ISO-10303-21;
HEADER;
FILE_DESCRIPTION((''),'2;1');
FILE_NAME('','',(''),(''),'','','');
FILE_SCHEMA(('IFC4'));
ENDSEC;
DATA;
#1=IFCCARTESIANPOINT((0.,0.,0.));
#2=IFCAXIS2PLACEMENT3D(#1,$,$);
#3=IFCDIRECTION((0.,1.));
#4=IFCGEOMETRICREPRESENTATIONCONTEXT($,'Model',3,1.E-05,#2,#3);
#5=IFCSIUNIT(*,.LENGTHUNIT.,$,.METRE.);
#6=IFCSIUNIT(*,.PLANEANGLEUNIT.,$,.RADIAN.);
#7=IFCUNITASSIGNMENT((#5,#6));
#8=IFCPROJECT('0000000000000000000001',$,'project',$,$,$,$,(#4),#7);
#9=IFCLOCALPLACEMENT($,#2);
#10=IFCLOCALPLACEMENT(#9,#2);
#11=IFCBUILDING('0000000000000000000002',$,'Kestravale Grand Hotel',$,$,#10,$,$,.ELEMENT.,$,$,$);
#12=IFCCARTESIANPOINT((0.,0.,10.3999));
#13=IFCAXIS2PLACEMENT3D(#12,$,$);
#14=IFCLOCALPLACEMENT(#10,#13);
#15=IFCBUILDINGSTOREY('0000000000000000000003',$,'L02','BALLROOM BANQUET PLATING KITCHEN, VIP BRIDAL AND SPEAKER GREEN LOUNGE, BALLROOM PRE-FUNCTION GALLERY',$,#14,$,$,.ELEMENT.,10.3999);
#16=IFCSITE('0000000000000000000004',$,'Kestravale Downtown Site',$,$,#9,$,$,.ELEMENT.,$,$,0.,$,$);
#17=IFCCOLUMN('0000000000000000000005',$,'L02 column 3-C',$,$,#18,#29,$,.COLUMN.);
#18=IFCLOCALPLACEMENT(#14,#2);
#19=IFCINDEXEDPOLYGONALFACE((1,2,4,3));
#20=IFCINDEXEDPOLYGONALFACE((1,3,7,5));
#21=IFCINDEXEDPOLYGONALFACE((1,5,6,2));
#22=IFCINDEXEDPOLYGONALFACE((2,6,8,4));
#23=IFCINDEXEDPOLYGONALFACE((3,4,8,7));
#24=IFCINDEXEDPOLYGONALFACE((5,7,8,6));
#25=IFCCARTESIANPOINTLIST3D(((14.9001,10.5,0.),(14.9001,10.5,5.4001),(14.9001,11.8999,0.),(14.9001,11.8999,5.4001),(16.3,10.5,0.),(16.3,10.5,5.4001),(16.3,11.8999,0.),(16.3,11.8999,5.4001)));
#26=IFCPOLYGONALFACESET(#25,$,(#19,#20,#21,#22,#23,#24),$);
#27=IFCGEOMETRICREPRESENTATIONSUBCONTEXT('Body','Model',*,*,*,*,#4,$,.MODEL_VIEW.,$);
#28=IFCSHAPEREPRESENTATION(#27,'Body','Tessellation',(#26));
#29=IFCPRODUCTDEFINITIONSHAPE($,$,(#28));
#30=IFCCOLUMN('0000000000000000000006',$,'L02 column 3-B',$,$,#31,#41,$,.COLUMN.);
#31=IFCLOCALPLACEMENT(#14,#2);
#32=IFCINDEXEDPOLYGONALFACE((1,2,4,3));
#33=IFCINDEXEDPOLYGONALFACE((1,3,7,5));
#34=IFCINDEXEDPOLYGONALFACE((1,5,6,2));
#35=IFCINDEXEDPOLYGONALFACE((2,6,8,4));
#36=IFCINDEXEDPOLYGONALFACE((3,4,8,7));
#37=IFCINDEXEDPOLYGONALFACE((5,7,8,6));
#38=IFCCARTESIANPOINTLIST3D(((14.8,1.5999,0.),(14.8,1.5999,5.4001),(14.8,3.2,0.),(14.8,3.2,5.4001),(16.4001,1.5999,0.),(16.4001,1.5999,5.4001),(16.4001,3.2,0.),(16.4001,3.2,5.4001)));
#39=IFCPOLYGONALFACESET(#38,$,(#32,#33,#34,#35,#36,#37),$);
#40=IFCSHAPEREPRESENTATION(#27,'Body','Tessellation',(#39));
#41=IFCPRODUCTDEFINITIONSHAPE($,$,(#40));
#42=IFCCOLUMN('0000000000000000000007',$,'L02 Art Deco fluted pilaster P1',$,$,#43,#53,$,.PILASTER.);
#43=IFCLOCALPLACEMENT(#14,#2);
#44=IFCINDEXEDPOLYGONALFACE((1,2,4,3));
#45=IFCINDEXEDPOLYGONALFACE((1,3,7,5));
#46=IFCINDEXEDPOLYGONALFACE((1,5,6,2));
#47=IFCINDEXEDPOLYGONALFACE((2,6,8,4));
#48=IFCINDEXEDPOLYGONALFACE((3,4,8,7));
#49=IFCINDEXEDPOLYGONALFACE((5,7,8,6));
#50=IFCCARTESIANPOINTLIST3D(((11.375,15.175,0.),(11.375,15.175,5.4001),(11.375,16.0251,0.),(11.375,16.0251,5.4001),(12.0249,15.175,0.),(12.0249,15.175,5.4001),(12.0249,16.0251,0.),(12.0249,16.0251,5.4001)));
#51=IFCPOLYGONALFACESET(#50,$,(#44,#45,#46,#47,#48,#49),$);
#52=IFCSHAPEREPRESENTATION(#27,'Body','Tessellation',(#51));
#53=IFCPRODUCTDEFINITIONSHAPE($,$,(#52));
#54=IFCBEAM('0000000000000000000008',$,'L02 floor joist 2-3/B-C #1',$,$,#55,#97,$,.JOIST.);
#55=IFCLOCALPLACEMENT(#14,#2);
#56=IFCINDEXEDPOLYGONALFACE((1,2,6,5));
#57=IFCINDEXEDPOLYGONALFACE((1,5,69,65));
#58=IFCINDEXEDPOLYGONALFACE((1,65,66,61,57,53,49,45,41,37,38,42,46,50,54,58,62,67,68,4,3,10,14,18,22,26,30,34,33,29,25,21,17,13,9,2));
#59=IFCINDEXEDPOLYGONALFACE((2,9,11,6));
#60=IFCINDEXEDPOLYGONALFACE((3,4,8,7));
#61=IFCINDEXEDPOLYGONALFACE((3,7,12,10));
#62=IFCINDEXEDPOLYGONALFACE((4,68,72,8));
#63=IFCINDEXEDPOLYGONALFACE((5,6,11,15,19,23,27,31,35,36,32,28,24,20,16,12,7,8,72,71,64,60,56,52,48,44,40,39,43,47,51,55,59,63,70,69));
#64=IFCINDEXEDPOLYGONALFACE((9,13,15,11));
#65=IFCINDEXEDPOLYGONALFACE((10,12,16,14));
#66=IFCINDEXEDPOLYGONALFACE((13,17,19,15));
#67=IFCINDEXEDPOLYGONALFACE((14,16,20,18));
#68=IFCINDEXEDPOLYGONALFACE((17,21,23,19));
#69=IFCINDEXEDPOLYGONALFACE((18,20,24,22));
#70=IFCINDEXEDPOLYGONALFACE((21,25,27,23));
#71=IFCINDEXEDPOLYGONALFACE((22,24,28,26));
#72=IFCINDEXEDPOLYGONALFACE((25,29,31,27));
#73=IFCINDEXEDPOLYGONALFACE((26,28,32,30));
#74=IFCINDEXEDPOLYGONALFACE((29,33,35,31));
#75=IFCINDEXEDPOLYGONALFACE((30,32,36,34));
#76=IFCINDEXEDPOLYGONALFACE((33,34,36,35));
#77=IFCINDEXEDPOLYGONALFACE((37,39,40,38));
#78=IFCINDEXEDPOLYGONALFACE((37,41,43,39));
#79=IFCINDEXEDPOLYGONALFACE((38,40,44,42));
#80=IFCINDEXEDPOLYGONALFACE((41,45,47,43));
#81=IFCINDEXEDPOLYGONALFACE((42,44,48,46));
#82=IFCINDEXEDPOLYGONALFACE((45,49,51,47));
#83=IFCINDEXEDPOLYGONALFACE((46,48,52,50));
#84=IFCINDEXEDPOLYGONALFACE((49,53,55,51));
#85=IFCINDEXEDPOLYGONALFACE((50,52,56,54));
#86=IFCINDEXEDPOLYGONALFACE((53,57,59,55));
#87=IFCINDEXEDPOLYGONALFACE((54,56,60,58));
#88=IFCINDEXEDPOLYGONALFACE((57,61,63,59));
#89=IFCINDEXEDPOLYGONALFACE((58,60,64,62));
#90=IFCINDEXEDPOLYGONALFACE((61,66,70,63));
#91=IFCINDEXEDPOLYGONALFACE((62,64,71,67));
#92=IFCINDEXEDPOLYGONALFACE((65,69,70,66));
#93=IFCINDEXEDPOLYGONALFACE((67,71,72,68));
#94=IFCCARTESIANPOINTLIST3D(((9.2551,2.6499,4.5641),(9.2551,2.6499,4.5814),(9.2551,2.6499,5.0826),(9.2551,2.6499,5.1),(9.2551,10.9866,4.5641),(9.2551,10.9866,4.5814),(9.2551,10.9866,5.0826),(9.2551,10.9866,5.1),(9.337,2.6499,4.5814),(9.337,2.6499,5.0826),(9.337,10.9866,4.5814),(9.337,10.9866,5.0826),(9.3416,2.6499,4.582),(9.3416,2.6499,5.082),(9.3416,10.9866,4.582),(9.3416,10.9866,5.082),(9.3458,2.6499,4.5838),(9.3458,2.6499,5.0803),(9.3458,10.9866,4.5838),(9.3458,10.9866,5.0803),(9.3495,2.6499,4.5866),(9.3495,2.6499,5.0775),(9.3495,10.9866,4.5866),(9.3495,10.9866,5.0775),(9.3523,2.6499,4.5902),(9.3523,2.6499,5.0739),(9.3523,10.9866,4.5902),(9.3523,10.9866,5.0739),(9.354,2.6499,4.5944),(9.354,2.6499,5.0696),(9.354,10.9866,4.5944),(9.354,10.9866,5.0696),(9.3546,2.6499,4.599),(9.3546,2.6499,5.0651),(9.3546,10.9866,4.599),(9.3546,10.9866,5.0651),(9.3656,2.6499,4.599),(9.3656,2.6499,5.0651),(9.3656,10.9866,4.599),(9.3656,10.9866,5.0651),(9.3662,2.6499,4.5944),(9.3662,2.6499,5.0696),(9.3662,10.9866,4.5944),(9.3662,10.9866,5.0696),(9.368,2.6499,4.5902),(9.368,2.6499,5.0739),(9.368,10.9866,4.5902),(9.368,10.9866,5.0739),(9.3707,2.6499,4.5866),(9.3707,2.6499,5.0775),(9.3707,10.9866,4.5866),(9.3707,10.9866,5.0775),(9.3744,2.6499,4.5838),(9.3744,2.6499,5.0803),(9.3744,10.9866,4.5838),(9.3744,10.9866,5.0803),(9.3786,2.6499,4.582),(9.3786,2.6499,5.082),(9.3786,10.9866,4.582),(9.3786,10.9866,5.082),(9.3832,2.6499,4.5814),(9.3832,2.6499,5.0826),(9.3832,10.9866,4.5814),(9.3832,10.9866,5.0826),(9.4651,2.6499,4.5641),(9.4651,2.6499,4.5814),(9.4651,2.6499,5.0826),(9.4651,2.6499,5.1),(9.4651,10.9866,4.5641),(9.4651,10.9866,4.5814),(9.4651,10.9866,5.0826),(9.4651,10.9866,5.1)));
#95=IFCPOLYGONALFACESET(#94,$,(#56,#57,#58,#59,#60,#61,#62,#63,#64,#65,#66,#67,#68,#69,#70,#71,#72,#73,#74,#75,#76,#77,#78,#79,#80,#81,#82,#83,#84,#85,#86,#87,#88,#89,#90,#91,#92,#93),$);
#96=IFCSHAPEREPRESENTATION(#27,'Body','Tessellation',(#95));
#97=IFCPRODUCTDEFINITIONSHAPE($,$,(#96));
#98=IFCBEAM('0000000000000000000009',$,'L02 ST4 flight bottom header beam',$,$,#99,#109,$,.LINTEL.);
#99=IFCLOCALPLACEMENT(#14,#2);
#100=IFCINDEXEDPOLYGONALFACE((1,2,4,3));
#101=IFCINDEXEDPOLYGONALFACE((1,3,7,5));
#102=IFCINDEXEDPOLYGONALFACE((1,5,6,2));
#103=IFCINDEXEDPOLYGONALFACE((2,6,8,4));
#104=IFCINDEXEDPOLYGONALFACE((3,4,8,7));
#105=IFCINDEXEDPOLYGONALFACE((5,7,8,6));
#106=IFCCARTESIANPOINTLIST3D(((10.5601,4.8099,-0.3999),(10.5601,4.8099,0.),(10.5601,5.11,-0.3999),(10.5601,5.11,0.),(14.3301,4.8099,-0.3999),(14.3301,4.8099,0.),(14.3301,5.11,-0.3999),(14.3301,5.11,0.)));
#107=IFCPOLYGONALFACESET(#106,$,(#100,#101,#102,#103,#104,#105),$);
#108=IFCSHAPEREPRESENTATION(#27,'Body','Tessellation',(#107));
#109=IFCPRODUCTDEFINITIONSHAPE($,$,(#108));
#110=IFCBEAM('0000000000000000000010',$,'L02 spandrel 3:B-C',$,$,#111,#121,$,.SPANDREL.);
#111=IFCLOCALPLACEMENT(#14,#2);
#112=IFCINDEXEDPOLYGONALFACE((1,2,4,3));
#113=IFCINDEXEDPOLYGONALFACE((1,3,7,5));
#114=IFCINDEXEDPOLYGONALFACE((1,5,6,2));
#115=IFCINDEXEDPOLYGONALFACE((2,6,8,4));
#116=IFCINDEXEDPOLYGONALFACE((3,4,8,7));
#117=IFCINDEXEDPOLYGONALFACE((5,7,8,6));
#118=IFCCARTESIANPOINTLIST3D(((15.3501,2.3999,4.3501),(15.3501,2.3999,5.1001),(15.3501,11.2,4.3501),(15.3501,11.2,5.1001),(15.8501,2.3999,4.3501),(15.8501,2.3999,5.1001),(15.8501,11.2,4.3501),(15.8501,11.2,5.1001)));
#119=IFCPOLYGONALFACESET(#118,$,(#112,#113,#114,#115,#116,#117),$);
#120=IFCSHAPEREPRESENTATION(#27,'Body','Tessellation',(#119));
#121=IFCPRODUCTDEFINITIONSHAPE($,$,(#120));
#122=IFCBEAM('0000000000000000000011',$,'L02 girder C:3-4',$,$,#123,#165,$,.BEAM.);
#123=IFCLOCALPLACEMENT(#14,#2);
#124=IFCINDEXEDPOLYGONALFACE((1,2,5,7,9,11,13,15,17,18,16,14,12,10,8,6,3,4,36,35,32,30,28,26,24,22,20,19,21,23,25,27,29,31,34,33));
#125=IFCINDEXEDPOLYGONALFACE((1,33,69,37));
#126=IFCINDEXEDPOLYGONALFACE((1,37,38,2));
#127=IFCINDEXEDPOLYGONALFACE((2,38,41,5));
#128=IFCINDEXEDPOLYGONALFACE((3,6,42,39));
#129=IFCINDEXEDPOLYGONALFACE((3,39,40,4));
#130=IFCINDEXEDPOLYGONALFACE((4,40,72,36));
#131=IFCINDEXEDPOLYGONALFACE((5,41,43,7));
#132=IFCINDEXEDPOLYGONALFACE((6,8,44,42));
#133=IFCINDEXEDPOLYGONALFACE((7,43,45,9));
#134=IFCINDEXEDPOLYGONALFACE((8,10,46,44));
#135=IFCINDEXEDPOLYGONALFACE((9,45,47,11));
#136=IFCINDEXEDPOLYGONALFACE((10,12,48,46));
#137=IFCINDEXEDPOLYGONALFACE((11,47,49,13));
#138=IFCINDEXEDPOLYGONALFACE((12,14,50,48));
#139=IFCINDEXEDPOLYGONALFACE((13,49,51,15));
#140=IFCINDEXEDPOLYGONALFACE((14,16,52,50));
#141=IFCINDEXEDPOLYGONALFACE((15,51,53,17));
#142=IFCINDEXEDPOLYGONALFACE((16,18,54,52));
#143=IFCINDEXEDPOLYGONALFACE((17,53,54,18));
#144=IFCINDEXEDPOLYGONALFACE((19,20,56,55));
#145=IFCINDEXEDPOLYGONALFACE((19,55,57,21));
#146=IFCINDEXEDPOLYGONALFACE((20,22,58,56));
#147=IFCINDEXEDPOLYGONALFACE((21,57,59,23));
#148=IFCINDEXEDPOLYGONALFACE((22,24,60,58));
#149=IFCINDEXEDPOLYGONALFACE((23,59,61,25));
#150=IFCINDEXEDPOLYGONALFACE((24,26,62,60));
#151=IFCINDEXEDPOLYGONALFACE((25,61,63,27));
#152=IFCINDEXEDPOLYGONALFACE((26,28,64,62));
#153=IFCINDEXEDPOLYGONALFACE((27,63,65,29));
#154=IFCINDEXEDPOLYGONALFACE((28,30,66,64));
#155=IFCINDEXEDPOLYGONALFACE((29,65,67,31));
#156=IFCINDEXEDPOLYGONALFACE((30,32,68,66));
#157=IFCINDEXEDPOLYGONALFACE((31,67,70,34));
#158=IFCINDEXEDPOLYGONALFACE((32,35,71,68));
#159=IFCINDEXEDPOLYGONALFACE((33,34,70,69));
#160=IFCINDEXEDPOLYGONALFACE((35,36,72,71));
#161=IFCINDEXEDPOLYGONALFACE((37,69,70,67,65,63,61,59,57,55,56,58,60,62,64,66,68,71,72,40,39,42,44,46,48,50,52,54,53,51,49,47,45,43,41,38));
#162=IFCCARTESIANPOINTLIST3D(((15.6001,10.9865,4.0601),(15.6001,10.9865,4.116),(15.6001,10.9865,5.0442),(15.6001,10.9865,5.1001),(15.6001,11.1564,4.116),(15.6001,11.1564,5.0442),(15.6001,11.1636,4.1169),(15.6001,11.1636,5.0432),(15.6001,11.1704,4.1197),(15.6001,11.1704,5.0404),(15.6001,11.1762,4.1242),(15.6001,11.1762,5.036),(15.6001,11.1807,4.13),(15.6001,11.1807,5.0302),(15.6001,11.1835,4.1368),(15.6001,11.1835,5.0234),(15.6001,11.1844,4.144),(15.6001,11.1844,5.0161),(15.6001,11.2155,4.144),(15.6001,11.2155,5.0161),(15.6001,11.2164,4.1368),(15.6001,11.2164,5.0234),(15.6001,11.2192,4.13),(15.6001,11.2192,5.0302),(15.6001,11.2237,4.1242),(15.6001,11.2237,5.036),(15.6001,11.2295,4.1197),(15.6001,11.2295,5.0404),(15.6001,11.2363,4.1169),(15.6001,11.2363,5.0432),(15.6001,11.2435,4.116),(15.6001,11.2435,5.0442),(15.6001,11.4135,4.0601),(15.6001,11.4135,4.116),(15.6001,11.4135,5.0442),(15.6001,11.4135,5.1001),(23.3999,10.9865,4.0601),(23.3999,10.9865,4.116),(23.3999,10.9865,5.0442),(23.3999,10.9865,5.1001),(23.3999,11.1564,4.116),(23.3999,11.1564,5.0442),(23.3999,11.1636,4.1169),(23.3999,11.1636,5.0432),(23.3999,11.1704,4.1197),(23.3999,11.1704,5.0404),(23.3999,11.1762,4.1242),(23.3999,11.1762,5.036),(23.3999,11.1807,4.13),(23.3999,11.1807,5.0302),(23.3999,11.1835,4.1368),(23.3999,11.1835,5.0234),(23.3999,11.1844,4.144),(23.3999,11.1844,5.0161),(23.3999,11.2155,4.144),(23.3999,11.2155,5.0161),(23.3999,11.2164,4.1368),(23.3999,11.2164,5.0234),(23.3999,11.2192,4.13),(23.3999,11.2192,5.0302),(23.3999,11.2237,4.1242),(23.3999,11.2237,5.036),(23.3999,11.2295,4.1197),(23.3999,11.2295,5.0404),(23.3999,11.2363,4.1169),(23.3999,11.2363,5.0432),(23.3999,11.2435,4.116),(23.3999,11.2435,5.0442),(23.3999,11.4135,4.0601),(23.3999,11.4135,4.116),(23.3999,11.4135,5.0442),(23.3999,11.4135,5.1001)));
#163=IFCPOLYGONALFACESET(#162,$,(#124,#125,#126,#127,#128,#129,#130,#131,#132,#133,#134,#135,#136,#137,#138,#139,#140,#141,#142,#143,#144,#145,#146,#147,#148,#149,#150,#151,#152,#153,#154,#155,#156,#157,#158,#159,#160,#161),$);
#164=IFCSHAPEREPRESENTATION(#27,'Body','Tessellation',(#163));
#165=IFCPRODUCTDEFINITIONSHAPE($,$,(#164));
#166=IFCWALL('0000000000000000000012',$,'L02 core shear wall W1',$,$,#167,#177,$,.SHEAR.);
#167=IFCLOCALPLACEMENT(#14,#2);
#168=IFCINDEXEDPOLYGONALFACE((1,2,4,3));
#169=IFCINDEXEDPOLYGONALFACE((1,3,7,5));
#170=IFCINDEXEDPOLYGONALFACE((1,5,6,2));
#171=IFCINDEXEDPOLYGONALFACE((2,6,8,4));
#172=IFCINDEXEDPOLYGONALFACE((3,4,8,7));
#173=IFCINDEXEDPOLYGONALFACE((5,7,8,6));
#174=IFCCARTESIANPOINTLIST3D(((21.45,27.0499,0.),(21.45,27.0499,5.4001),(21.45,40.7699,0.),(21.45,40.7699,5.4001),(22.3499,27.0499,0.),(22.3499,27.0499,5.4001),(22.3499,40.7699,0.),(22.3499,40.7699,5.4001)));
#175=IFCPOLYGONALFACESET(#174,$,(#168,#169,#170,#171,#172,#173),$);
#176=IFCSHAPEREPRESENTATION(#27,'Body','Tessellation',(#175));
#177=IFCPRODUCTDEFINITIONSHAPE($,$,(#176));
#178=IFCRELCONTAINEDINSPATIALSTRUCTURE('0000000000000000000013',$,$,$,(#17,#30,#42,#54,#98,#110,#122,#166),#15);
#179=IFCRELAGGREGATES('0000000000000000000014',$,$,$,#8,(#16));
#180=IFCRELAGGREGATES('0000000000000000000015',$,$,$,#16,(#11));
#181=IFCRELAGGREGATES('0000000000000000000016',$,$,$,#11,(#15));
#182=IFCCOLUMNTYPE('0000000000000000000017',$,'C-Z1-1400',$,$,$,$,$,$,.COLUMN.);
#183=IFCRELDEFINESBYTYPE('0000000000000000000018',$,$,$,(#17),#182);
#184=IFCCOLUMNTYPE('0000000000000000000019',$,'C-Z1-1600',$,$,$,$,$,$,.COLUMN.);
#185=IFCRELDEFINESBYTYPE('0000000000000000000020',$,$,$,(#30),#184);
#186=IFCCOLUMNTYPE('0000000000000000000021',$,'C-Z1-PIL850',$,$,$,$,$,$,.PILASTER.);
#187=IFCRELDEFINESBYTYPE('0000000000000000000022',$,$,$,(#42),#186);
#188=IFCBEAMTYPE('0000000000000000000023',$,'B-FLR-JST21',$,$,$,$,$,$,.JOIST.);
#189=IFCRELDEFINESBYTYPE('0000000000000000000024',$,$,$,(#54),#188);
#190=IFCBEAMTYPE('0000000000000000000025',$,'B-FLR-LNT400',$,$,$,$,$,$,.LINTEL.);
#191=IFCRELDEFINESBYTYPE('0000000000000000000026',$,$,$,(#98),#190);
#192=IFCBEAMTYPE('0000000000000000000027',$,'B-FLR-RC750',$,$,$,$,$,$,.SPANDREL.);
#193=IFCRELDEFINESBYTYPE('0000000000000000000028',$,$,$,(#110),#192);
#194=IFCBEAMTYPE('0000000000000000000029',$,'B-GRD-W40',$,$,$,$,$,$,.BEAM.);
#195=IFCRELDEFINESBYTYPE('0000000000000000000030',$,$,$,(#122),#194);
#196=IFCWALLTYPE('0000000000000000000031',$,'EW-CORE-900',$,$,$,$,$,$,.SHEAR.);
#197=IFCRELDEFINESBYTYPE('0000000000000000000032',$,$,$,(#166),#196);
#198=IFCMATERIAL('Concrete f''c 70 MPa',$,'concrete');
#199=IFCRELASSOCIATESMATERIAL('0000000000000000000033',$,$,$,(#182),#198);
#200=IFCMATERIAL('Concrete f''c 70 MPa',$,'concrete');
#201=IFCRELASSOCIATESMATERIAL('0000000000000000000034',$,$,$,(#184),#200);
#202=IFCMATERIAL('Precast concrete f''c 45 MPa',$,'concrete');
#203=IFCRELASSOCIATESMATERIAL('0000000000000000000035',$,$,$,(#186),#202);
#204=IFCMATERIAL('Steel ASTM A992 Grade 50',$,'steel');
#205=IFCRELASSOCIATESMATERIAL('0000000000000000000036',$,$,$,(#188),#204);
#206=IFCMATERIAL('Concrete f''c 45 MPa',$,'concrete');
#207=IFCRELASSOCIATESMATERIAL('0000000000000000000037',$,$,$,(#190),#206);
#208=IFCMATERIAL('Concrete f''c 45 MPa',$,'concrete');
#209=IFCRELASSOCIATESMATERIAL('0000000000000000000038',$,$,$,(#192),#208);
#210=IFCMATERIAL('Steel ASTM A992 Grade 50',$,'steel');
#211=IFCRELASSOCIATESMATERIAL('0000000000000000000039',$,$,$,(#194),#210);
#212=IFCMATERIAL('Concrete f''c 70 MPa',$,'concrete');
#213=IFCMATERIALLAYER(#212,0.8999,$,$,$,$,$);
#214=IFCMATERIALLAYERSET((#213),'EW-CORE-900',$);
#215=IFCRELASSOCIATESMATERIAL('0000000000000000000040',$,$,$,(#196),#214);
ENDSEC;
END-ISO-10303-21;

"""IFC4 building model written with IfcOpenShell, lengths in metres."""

from ifc_helpers import new_model, si_unit, direction, frame, frame_2d, origin, origin_2d, place, context, subcontext, project, spatial, rectangle, i_section, extrude, material, layer, layer_set, material_profile, profile_set, type_object, element, save


model = new_model("IFC4")

# Units and contexts
model_context = context("Model", 3, precision=1e-05, world=origin(), true_north=direction((0.0, 1.0)))
body_context = subcontext(model_context, "Body", "Model", "MODEL_VIEW")
ifc_project = project(units=[si_unit("LENGTHUNIT", "METRE"), si_unit("PLANEANGLEUNIT", "RADIAN")], contexts=[model_context])

# Site, building, storey
site_placement = place(None, origin())
site = spatial("IfcSite", under=ifc_project, at=site_placement, Name="Kestravale Downtown Site", CompositionType="ELEMENT", RefElevation=0.0)
building_placement = place(site_placement, origin())
building = spatial("IfcBuilding", under=site, at=building_placement, Name="Kestravale Grand Hotel", CompositionType="ELEMENT")
storey_placement = place(building_placement, frame((0.0, 0.0, 10.3999)))
storey = spatial("IfcBuildingStorey", under=building, at=storey_placement, Name="L02", Description="BALLROOM BANQUET PLATING KITCHEN, VIP BRIDAL AND SPEAKER GREEN LOUNGE, BALLROOM PRE-FUNCTION GALLERY", CompositionType="ELEMENT", Elevation=10.3999)

# Columns
ifc_material_1 = material(Name="Concrete f'c 70 MPa", Category="concrete")
ifc_material_profile_1 = material_profile(ifc_material_1, rectangle(XDim=1.3999, YDim=1.3999, at=origin_2d()))
ifc_profile_set_1 = profile_set([ifc_material_profile_1], Name="Concrete f'c 70 MPa")
column_type_1 = type_object("IfcColumnType", Name="C-Z1-1400", PredefinedType="COLUMN", material=ifc_profile_set_1)
column_1_placement = place(storey_placement, frame((15.6001, 11.2, 0.0), z_axis=(0.0, 0.0, 1.0), x_axis=(1.0, 0.0, 0.0)))
element("IfcColumn", 1, at=column_1_placement, inside=storey, type_object=column_type_1, Name="L02 column 3-C", PredefinedType="COLUMN", context=body_context, shape_type="SweptSolid", body=[
    extrude(rectangle(XDim=1.3999, YDim=1.3999, at=origin_2d()), origin(), (0.0, 0.0, 1.0), 5.4001),
])
ifc_material_2 = material(Name="Concrete f'c 70 MPa", Category="concrete")
ifc_material_profile_2 = material_profile(ifc_material_2, rectangle(XDim=1.6001, YDim=1.6001, at=origin_2d()))
ifc_profile_set_2 = profile_set([ifc_material_profile_2], Name="Concrete f'c 70 MPa")
column_type_2 = type_object("IfcColumnType", Name="C-Z1-1600", PredefinedType="COLUMN", material=ifc_profile_set_2)
column_2_placement = place(storey_placement, frame((15.6001, 2.3999, 0.0), z_axis=(0.0, 0.0, 1.0), x_axis=(1.0, 0.0, 0.0)))
element("IfcColumn", 2, at=column_2_placement, inside=storey, type_object=column_type_2, Name="L02 column 3-B", PredefinedType="COLUMN", context=body_context, shape_type="SweptSolid", body=[
    extrude(rectangle(XDim=1.6001, YDim=1.6001, at=origin_2d()), origin(), (0.0, 0.0, 1.0), 5.4001),
])
ifc_material_3 = material(Name="Precast concrete f'c 45 MPa", Category="concrete")
ifc_material_profile_3 = material_profile(ifc_material_3, rectangle(XDim=0.6499, YDim=0.8501, at=origin_2d()))
ifc_profile_set_3 = profile_set([ifc_material_profile_3], Name="Precast concrete f'c 45 MPa")
column_type_3 = type_object("IfcColumnType", Name="C-Z1-PIL850", PredefinedType="PILASTER", material=ifc_profile_set_3)
column_3_placement = place(storey_placement, frame((11.7, 15.6001, 0.0), z_axis=(0.0, 0.0, 1.0), x_axis=(1.0, 0.0, 0.0)))
element("IfcColumn", 3, at=column_3_placement, inside=storey, type_object=column_type_3, Name="L02 Art Deco fluted pilaster P1", PredefinedType="PILASTER", context=body_context, shape_type="SweptSolid", body=[
    extrude(rectangle(XDim=0.6499, YDim=0.8501, at=origin_2d()), origin(), (0.0, 0.0, 1.0), 5.4001),
])

# Beams
ifc_material_4 = material(Name="Steel ASTM A992 Grade 50", Category="steel")
ifc_material_profile_4 = material_profile(ifc_material_4, i_section(OverallWidth=0.21, OverallDepth=0.5359, WebThickness=0.011, FlangeThickness=0.0173, FilletRadius=0.0176, at=origin_2d()))
ifc_profile_set_4 = profile_set([ifc_material_profile_4], Name="Steel ASTM A992 Grade 50")
beam_type_1 = type_object("IfcBeamType", Name="B-FLR-JST21", PredefinedType="JOIST", material=ifc_profile_set_4)
beam_1_placement = place(storey_placement, frame((9.3601, 2.6499, 4.832), z_axis=(0.0, 1.0, 0.0), x_axis=(-1.0, 0.0, 0.0)))
element("IfcBeam", 4, at=beam_1_placement, inside=storey, type_object=beam_type_1, Name="L02 floor joist 2-3/B-C #1", PredefinedType="JOIST", context=body_context, shape_type="SweptSolid", body=[
    extrude(i_section(OverallWidth=0.21, OverallDepth=0.5359, WebThickness=0.011, FlangeThickness=0.0173, FilletRadius=0.0176, at=origin_2d()), origin(), (0.0, 0.0, 1.0), 8.3367),
])
ifc_material_5 = material(Name="Concrete f'c 45 MPa", Category="concrete")
ifc_material_profile_5 = material_profile(ifc_material_5, rectangle(XDim=0.3, YDim=0.3999, at=origin_2d()))
ifc_profile_set_5 = profile_set([ifc_material_profile_5], Name="Concrete f'c 45 MPa")
beam_type_2 = type_object("IfcBeamType", Name="B-FLR-LNT400", PredefinedType="LINTEL", material=ifc_profile_set_5)
beam_2_placement = place(storey_placement, frame((10.5601, 4.96, -0.2), z_axis=(1.0, 0.0, 0.0), x_axis=(0.0, 1.0, 0.0)))
element("IfcBeam", 5, at=beam_2_placement, inside=storey, type_object=beam_type_2, Name="L02 ST4 flight bottom header beam", PredefinedType="LINTEL", context=body_context, shape_type="SweptSolid", body=[
    extrude(rectangle(XDim=0.3, YDim=0.3999, at=origin_2d()), origin(), (0.0, 0.0, 1.0), 3.77),
])
ifc_material_6 = material(Name="Concrete f'c 45 MPa", Category="concrete")
ifc_material_profile_6 = material_profile(ifc_material_6, rectangle(XDim=0.5, YDim=0.75, at=origin_2d()))
ifc_profile_set_6 = profile_set([ifc_material_profile_6], Name="Concrete f'c 45 MPa")
beam_type_3 = type_object("IfcBeamType", Name="B-FLR-RC750", PredefinedType="SPANDREL", material=ifc_profile_set_6)
beam_3_placement = place(storey_placement, frame((15.6001, 2.3999, 4.7251), z_axis=(0.0, 1.0, 0.0), x_axis=(-1.0, 0.0, 0.0)))
element("IfcBeam", 6, at=beam_3_placement, inside=storey, type_object=beam_type_3, Name="L02 spandrel 3:B-C", PredefinedType="SPANDREL", context=body_context, shape_type="SweptSolid", body=[
    extrude(rectangle(XDim=0.5, YDim=0.75, at=origin_2d()), origin(), (0.0, 0.0, 1.0), 8.8),
])
ifc_material_7 = material(Name="Steel ASTM A992 Grade 50", Category="steel")
ifc_material_profile_7 = material_profile(ifc_material_7, i_section(OverallWidth=0.427, OverallDepth=1.04, WebThickness=0.031, FlangeThickness=0.0559, FilletRadius=0.0281, at=origin_2d()))
ifc_profile_set_7 = profile_set([ifc_material_profile_7], Name="Steel ASTM A992 Grade 50")
beam_type_4 = type_object("IfcBeamType", Name="B-GRD-W40", PredefinedType="BEAM", material=ifc_profile_set_7)
beam_4_placement = place(storey_placement, frame((15.6001, 11.2, 4.5801), z_axis=(1.0, 0.0, 0.0), x_axis=(0.0, 1.0, 0.0)))
element("IfcBeam", 7, at=beam_4_placement, inside=storey, type_object=beam_type_4, Name="L02 girder C:3-4", PredefinedType="BEAM", context=body_context, shape_type="SweptSolid", body=[
    extrude(i_section(OverallWidth=0.427, OverallDepth=1.04, WebThickness=0.031, FlangeThickness=0.0559, FilletRadius=0.0281, at=origin_2d()), origin(), (0.0, 0.0, 1.0), 7.7998),
])

# Wall
ifc_material_8 = material(Name="Concrete f'c 70 MPa", Category="concrete")
ifc_layer_1 = layer(ifc_material_8, 0.8999)
ifc_layer_set_1 = layer_set([ifc_layer_1], Name="EW-CORE-900")
wall_type_1 = type_object("IfcWallType", Name="EW-CORE-900", PredefinedType="SHEAR", material=ifc_layer_set_1)
wall_1_placement = place(storey_placement, frame((21.8999, 27.05, 0.0), z_axis=(0.0, 0.0, 1.0), x_axis=(0.0, 1.0, 0.0)))
element("IfcWall", 8, at=wall_1_placement, inside=storey, type_object=wall_type_1, Name="L02 core shear wall W1", PredefinedType="SHEAR", context=body_context, shape_type="SweptSolid", body=[
    extrude(rectangle(XDim=13.72, YDim=0.8999, at=frame_2d((6.8599, 0.0))), origin(), (0.0, 0.0, 1.0), 5.4001),
])

save(model, "model.ifc")
